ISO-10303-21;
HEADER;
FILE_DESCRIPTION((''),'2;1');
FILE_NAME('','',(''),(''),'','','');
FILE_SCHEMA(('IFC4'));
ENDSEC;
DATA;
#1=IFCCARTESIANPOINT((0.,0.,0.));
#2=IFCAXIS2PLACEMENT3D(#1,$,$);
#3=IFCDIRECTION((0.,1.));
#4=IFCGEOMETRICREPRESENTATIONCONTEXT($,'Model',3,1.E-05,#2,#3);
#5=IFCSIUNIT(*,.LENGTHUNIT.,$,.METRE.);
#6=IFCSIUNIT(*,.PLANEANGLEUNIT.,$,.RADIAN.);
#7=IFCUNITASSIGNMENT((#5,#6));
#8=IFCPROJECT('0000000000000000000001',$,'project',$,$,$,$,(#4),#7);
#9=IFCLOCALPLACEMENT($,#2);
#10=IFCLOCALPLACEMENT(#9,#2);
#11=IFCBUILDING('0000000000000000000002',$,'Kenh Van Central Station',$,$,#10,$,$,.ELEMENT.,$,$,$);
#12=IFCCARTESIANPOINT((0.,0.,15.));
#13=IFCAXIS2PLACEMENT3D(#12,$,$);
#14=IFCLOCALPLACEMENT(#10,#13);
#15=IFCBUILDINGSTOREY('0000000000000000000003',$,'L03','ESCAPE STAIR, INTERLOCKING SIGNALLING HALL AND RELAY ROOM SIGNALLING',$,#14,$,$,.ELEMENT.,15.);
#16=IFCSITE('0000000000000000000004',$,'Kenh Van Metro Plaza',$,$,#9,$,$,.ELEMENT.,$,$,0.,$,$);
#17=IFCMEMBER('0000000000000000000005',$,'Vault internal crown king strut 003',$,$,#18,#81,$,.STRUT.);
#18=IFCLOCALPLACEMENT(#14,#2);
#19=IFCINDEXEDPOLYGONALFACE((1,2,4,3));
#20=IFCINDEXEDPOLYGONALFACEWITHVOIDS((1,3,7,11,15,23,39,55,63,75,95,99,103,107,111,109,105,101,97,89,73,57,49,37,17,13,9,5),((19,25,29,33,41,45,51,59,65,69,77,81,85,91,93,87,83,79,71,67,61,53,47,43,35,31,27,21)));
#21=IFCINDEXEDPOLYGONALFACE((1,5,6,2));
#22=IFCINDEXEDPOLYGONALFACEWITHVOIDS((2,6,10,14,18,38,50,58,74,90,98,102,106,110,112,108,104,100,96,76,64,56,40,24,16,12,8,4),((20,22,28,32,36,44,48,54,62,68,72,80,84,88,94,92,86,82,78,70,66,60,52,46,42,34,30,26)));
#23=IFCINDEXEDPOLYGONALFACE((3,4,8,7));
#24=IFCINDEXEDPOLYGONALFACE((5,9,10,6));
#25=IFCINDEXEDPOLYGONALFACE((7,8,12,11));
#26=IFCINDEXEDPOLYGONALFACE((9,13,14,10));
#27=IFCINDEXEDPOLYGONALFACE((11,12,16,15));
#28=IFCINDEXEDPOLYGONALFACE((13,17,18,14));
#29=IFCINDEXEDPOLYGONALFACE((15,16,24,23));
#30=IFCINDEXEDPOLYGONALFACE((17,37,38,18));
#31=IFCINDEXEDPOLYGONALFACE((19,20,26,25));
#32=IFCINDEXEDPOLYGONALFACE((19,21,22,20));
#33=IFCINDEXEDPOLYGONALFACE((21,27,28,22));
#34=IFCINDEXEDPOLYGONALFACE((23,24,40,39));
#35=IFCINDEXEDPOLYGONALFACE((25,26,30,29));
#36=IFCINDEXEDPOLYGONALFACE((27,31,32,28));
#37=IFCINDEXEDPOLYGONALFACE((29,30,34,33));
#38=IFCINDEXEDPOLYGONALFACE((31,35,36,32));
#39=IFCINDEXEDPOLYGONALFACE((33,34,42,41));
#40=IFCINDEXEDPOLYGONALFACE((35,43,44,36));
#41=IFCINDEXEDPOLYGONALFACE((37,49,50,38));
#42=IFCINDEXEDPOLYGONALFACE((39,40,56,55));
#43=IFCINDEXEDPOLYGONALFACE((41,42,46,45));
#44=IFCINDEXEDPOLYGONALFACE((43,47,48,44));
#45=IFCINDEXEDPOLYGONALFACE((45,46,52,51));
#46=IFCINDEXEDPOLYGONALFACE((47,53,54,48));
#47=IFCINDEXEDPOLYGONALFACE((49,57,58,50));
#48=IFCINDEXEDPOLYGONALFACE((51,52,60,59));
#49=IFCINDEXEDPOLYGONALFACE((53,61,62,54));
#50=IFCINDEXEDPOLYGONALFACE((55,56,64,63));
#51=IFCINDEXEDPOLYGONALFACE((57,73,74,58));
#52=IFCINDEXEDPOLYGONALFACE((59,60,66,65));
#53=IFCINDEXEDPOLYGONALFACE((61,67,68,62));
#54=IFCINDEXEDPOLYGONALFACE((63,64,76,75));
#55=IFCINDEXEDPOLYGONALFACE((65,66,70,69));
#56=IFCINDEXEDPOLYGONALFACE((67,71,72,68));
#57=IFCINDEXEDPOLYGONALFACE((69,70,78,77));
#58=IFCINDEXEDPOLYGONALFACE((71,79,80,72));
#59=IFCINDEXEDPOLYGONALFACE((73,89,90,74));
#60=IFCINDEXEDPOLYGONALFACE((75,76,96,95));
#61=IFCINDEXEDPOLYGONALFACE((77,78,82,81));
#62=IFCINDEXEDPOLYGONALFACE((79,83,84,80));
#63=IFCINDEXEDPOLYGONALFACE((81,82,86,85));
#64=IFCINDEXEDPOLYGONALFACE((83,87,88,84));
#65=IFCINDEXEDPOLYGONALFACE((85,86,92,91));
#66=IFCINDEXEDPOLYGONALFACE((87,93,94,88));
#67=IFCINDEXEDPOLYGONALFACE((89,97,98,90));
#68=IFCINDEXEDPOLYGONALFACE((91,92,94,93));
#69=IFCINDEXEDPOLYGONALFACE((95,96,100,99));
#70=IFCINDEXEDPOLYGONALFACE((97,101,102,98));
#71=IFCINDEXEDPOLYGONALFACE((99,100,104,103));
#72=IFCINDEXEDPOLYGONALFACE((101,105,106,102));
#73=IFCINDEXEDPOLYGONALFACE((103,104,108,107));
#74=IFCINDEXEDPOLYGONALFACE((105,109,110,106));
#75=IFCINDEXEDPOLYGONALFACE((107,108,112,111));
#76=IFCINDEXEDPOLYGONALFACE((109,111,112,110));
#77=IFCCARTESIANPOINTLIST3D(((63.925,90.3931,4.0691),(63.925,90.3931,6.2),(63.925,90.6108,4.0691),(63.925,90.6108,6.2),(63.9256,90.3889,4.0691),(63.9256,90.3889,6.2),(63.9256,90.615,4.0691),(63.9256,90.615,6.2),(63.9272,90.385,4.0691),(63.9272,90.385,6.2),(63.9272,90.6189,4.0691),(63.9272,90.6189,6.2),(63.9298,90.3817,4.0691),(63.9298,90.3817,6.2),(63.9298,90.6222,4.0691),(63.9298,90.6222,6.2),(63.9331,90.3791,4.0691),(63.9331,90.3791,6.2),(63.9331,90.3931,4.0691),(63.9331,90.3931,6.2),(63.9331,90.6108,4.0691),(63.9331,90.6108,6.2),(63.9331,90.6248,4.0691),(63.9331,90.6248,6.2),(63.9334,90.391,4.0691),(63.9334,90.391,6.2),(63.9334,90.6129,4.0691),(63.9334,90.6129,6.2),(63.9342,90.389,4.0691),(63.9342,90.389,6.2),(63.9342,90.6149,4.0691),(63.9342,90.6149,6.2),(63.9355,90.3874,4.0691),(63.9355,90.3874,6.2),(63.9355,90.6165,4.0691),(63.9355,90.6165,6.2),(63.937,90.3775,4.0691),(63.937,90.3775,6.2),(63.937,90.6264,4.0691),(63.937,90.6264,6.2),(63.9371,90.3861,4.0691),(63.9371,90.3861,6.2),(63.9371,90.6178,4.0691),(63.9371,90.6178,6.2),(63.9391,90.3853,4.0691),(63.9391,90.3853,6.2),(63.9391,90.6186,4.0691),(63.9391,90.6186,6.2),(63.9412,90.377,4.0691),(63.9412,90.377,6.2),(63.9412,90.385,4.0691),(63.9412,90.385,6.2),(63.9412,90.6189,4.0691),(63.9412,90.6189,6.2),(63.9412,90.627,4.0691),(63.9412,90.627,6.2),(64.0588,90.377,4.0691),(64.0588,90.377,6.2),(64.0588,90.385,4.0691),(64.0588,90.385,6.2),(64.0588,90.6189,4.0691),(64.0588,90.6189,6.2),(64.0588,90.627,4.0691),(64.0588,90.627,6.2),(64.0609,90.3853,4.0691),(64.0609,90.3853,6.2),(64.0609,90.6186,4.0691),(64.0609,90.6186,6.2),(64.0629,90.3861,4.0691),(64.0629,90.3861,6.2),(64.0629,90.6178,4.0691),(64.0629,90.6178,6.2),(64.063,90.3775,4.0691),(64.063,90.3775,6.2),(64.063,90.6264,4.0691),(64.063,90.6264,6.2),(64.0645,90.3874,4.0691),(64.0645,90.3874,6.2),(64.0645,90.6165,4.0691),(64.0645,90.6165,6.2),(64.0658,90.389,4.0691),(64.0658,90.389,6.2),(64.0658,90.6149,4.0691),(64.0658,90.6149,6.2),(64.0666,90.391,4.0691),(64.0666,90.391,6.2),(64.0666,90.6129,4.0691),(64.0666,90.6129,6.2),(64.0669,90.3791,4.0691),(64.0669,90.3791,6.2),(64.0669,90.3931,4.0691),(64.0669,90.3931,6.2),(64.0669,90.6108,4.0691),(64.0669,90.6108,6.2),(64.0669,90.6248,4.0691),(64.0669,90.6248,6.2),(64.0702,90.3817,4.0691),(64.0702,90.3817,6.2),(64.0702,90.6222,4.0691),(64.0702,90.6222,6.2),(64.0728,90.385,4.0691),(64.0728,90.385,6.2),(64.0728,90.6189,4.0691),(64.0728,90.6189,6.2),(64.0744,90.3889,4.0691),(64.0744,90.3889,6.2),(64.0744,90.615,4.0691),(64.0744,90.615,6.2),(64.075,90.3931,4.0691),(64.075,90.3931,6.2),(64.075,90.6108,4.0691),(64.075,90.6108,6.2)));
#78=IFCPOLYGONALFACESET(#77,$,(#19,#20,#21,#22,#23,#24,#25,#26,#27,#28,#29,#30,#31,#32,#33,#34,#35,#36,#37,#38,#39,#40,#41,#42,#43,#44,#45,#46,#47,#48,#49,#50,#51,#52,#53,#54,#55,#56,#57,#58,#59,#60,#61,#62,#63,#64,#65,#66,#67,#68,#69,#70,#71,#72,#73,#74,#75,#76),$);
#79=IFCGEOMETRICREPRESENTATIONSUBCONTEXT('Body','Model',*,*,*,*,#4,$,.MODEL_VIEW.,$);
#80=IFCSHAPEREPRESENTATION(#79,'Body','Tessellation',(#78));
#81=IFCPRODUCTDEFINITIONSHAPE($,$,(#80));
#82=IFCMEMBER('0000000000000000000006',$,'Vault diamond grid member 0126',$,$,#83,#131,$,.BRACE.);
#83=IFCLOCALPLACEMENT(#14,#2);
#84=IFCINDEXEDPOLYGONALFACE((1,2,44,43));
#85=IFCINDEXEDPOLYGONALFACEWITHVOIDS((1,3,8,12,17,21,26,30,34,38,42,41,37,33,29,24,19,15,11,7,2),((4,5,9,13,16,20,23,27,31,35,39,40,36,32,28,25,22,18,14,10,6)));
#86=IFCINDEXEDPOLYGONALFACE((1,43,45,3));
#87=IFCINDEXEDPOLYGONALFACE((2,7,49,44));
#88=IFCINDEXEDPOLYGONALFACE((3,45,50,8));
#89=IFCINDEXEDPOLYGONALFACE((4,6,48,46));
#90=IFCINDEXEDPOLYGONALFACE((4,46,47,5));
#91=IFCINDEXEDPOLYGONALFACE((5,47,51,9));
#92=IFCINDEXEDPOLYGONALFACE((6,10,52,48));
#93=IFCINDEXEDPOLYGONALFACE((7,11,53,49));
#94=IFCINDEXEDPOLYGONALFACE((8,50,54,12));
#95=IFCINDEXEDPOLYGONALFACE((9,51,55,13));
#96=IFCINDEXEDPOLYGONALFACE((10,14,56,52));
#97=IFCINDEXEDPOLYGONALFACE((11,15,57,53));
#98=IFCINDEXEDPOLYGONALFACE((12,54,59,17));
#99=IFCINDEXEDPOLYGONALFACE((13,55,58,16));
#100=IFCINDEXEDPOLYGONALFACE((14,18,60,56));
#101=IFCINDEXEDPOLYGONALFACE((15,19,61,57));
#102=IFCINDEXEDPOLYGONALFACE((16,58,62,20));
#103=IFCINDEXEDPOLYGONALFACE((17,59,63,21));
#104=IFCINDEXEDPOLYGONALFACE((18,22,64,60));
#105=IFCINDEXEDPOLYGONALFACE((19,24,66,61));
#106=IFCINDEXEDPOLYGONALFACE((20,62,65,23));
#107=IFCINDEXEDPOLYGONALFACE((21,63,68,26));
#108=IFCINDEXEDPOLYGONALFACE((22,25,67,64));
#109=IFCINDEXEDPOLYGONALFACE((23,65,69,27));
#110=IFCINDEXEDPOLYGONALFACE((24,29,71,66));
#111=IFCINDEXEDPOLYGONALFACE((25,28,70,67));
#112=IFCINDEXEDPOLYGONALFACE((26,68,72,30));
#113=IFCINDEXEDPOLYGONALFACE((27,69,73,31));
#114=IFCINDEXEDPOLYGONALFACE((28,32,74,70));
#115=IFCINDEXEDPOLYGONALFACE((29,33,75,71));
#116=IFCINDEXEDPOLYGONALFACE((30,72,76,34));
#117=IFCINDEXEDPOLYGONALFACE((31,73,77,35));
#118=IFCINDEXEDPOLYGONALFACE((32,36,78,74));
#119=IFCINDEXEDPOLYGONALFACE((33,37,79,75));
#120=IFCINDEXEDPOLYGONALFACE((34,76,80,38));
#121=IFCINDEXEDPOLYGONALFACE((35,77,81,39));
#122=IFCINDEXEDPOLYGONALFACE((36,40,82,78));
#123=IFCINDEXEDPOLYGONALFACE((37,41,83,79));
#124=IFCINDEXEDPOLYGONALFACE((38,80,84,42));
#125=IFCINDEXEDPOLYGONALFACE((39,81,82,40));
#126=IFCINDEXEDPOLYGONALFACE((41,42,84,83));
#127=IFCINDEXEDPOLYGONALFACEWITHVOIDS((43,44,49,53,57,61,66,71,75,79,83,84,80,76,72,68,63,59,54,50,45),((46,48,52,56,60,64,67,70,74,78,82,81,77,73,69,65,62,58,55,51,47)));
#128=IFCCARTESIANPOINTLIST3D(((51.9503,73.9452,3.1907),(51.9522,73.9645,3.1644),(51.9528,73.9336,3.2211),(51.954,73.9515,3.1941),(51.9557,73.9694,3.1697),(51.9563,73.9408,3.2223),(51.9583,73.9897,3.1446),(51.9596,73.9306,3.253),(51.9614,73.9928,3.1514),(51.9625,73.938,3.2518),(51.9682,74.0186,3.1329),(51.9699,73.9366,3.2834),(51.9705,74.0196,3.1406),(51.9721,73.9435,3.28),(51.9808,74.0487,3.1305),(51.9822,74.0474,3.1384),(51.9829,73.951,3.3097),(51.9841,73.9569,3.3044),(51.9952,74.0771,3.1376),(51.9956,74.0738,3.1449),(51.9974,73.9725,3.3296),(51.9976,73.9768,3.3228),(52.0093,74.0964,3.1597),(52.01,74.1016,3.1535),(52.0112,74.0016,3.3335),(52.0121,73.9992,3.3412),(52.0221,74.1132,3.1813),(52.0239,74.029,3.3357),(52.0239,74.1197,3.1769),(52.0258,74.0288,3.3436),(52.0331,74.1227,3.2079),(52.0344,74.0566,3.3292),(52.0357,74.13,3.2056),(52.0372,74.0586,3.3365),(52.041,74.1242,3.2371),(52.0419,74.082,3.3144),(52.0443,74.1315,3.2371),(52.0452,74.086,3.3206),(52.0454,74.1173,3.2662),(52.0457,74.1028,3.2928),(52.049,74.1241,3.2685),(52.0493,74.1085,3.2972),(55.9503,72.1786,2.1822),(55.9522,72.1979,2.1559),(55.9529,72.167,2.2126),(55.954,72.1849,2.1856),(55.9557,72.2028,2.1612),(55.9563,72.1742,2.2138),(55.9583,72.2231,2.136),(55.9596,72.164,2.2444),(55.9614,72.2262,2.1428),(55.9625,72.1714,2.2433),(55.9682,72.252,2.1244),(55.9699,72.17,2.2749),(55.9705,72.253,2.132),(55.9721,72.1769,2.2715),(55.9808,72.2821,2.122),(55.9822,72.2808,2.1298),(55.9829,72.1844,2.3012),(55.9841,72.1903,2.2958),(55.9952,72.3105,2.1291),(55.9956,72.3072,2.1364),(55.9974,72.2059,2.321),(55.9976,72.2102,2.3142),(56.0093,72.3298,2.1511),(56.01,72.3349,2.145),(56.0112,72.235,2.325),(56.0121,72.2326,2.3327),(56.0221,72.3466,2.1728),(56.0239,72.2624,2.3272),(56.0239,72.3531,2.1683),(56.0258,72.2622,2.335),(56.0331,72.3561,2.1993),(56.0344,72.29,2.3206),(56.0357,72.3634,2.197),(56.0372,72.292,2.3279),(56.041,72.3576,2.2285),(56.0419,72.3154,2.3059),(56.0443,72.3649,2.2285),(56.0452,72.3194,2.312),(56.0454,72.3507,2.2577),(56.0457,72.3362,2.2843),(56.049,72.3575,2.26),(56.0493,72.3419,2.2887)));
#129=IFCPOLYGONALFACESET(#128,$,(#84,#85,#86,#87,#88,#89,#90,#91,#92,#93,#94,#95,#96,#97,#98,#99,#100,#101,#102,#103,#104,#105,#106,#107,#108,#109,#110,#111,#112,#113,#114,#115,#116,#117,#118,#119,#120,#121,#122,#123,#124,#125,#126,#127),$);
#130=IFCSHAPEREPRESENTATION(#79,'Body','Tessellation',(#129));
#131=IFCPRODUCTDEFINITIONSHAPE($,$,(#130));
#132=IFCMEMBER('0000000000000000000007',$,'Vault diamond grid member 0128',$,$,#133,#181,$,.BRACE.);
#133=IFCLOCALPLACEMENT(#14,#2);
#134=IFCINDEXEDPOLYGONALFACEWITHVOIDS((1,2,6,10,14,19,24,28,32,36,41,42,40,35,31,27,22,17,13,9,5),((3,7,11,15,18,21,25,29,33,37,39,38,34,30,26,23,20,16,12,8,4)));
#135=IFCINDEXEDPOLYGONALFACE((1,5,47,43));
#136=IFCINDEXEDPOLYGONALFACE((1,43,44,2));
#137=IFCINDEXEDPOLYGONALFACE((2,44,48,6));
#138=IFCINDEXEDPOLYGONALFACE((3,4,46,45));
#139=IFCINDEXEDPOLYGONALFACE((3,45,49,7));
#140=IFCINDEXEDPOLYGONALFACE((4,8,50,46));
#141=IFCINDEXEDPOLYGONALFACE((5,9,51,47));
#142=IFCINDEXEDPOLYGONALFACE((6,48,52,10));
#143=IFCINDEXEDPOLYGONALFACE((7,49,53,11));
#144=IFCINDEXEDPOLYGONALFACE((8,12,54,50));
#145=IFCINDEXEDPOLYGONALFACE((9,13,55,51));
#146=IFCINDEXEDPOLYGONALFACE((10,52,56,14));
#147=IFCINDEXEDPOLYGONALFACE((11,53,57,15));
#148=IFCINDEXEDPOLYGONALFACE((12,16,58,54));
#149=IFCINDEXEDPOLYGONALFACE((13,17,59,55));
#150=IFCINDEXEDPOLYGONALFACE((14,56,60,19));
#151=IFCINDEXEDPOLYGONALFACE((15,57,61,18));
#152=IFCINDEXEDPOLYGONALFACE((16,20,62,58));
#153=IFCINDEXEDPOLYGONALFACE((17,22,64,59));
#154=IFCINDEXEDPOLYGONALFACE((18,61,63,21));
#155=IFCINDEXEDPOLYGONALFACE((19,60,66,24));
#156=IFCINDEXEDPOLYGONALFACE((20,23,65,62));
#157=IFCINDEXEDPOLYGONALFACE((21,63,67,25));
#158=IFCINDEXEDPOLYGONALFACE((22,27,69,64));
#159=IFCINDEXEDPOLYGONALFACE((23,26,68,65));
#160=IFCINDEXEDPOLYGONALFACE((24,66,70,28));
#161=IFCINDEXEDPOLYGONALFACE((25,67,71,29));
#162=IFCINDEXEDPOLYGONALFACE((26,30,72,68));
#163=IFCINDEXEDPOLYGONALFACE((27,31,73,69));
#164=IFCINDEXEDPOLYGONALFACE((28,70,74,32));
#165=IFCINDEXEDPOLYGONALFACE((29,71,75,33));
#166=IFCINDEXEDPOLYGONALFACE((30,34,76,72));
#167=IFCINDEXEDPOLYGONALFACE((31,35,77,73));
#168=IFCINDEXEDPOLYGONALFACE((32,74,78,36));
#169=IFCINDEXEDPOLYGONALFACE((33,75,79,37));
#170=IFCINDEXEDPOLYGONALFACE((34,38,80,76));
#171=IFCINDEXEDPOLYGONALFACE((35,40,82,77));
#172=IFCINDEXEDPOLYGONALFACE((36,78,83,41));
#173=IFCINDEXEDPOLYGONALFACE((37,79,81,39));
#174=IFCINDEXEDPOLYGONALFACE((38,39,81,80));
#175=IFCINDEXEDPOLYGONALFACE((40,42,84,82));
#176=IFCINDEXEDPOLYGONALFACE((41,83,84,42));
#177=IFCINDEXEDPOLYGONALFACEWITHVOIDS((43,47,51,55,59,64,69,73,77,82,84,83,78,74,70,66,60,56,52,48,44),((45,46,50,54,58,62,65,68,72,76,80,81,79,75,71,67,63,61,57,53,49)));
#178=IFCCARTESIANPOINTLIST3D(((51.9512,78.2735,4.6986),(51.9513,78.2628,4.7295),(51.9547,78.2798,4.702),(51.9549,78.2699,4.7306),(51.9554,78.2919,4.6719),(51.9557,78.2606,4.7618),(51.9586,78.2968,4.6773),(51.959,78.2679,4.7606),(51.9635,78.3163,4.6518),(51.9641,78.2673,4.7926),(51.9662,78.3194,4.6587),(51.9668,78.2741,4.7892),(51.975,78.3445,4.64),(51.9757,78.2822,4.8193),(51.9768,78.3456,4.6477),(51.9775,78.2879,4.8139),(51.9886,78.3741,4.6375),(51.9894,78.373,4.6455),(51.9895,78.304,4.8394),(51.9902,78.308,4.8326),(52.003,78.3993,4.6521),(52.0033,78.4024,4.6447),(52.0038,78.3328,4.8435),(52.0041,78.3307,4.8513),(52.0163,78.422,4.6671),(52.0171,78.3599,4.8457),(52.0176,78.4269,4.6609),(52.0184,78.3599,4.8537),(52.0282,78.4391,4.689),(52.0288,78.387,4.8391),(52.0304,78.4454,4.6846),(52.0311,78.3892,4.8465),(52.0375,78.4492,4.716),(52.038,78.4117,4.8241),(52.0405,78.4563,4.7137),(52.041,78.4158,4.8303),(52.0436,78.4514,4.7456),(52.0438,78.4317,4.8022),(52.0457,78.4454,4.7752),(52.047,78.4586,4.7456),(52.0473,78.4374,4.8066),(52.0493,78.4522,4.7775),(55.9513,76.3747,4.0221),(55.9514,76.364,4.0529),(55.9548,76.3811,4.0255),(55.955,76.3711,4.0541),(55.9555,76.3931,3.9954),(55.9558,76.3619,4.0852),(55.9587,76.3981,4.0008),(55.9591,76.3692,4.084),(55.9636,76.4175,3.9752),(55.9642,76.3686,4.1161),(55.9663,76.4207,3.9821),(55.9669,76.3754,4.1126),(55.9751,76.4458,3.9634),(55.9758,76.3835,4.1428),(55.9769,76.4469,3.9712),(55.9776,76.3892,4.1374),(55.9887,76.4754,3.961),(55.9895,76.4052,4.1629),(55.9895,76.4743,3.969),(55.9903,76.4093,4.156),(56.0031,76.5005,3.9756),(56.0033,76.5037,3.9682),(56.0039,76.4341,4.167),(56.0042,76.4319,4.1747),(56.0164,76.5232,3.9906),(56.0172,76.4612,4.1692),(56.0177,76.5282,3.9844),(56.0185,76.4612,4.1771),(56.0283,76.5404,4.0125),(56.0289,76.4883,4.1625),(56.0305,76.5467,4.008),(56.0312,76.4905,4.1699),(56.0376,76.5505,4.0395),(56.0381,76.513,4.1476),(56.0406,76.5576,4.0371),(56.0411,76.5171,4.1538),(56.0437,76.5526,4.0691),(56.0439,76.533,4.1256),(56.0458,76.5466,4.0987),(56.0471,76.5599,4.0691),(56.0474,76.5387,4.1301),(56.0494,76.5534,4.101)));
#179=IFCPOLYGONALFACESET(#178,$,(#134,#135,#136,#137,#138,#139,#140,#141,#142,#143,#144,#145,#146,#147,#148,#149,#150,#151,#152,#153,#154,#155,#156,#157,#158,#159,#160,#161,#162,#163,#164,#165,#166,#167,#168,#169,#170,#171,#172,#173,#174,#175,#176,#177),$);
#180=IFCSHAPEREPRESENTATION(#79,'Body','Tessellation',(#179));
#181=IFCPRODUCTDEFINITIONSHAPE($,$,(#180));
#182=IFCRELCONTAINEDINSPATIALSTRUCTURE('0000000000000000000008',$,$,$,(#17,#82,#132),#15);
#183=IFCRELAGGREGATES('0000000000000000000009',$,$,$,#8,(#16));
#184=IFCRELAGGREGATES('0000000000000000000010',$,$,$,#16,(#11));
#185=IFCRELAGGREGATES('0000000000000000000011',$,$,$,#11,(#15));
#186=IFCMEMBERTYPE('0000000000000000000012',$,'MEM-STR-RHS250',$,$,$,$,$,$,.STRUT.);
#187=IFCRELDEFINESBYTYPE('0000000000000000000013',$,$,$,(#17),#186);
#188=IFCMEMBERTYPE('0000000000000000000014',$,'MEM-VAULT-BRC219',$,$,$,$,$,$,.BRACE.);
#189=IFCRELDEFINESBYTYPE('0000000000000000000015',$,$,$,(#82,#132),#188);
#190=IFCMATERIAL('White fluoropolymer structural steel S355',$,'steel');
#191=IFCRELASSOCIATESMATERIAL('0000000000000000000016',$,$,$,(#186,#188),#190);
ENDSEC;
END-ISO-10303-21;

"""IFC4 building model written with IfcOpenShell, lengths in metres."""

from ifc_helpers import new_model, si_unit, direction, frame, origin, origin_2d, place, context, subcontext, project, spatial, hollow_rectangle, hollow_circle, extrude, material, material_profile, profile_set, type_object, element, save


model = new_model("IFC4")

# Units and contexts
model_context = context("Model", 3, precision=1e-05, world=origin(), true_north=direction((0.0, 1.0)))
body_context = subcontext(model_context, "Body", "Model", "MODEL_VIEW")
ifc_project = project(units=[si_unit("LENGTHUNIT", "METRE"), si_unit("PLANEANGLEUNIT", "RADIAN")], contexts=[model_context])

# Site, building, storey
site_placement = place(None, origin())
site = spatial("IfcSite", under=ifc_project, at=site_placement, Name="Kenh Van Metro Plaza", CompositionType="ELEMENT", RefElevation=0.0)
building_placement = place(site_placement, origin())
building = spatial("IfcBuilding", under=site, at=building_placement, Name="Kenh Van Central Station", CompositionType="ELEMENT")
storey_placement = place(building_placement, frame((0.0, 0.0, 15.0)))
storey = spatial("IfcBuildingStorey", under=building, at=storey_placement, Name="L03", Description="ESCAPE STAIR, INTERLOCKING SIGNALLING HALL AND RELAY ROOM SIGNALLING", CompositionType="ELEMENT", Elevation=15.0)

# Shared definitions
ifc_material_1 = material(Name="White fluoropolymer structural steel S355", Category="steel")

# Members
ifc_material_profile_1 = material_profile(ifc_material_1, hollow_rectangle(XDim=0.1499, YDim=0.25, WallThickness=0.0081, InnerFilletRadius=0.0081, OuterFilletRadius=0.0161, at=origin_2d()), Name="RHS 250x150x8")
ifc_profile_set_1 = profile_set([ifc_material_profile_1], Name="White fluoropolymer structural steel S355")
member_type_1 = type_object("IfcMemberType", Name="MEM-STR-RHS250", PredefinedType="STRUT", material=ifc_profile_set_1)
for number, where, z_axis, x_axis, name in (
    (1, (64.0, 90.502, 4.0691), (0.0, 0.0, 1.0), (1.0, 0.0, 0.0), "Vault internal crown king strut 003"),
):
    element("IfcMember", number, at=place(storey_placement, frame(where, z_axis=z_axis, x_axis=x_axis)), inside=storey, type_object=member_type_1, Name=name, PredefinedType="STRUT", context=body_context, shape_type="SweptSolid", body=[
        extrude(hollow_rectangle(XDim=0.1499, YDim=0.25, WallThickness=0.0081, InnerFilletRadius=0.0081, OuterFilletRadius=0.0161, at=origin_2d()), origin(), (0.0, 0.0, 1.0), 2.1309),
    ])
ifc_material_profile_2 = material_profile(ifc_material_1, hollow_circle(Radius=0.1096, WallThickness=0.0081, at=origin_2d()), Name="CHS 219.1x8")
ifc_profile_set_2 = profile_set([ifc_material_profile_2], Name="White fluoropolymer structural steel S355")
member_type_2 = type_object("IfcMemberType", Name="MEM-VAULT-BRC219", PredefinedType="BRACE", material=ifc_profile_set_2)
member_1_placement = place(storey_placement, frame((52.0, 74.0312, 3.2371), z_axis=(0.891356, -0.393668, -0.224743), x_axis=(0.404003, 0.914758, 0.0)))
element("IfcMember", 2, at=member_1_placement, inside=storey, type_object=member_type_2, Name="Vault diamond grid member 0126", PredefinedType="BRACE", context=body_context, shape_type="SweptSolid", body=[
    extrude(hollow_circle(Radius=0.1096, WallThickness=0.0081, at=origin_2d()), origin(), (0.0, 0.0, 1.0), 4.4875),
])
member_2_placement = place(storey_placement, frame((52.0, 78.3596, 4.7456), z_axis=(0.893029, -0.423895, -0.151037), x_axis=(0.428814, 0.903393, 0.0)))
element("IfcMember", 3, at=member_2_placement, inside=storey, type_object=member_type_2, Name="Vault diamond grid member 0128", PredefinedType="BRACE", context=body_context, shape_type="SweptSolid", body=[
    extrude(hollow_circle(Radius=0.1096, WallThickness=0.0081, at=origin_2d()), origin(), (0.0, 0.0, 1.0), 4.4792),
])

save(model, "model.ifc")
